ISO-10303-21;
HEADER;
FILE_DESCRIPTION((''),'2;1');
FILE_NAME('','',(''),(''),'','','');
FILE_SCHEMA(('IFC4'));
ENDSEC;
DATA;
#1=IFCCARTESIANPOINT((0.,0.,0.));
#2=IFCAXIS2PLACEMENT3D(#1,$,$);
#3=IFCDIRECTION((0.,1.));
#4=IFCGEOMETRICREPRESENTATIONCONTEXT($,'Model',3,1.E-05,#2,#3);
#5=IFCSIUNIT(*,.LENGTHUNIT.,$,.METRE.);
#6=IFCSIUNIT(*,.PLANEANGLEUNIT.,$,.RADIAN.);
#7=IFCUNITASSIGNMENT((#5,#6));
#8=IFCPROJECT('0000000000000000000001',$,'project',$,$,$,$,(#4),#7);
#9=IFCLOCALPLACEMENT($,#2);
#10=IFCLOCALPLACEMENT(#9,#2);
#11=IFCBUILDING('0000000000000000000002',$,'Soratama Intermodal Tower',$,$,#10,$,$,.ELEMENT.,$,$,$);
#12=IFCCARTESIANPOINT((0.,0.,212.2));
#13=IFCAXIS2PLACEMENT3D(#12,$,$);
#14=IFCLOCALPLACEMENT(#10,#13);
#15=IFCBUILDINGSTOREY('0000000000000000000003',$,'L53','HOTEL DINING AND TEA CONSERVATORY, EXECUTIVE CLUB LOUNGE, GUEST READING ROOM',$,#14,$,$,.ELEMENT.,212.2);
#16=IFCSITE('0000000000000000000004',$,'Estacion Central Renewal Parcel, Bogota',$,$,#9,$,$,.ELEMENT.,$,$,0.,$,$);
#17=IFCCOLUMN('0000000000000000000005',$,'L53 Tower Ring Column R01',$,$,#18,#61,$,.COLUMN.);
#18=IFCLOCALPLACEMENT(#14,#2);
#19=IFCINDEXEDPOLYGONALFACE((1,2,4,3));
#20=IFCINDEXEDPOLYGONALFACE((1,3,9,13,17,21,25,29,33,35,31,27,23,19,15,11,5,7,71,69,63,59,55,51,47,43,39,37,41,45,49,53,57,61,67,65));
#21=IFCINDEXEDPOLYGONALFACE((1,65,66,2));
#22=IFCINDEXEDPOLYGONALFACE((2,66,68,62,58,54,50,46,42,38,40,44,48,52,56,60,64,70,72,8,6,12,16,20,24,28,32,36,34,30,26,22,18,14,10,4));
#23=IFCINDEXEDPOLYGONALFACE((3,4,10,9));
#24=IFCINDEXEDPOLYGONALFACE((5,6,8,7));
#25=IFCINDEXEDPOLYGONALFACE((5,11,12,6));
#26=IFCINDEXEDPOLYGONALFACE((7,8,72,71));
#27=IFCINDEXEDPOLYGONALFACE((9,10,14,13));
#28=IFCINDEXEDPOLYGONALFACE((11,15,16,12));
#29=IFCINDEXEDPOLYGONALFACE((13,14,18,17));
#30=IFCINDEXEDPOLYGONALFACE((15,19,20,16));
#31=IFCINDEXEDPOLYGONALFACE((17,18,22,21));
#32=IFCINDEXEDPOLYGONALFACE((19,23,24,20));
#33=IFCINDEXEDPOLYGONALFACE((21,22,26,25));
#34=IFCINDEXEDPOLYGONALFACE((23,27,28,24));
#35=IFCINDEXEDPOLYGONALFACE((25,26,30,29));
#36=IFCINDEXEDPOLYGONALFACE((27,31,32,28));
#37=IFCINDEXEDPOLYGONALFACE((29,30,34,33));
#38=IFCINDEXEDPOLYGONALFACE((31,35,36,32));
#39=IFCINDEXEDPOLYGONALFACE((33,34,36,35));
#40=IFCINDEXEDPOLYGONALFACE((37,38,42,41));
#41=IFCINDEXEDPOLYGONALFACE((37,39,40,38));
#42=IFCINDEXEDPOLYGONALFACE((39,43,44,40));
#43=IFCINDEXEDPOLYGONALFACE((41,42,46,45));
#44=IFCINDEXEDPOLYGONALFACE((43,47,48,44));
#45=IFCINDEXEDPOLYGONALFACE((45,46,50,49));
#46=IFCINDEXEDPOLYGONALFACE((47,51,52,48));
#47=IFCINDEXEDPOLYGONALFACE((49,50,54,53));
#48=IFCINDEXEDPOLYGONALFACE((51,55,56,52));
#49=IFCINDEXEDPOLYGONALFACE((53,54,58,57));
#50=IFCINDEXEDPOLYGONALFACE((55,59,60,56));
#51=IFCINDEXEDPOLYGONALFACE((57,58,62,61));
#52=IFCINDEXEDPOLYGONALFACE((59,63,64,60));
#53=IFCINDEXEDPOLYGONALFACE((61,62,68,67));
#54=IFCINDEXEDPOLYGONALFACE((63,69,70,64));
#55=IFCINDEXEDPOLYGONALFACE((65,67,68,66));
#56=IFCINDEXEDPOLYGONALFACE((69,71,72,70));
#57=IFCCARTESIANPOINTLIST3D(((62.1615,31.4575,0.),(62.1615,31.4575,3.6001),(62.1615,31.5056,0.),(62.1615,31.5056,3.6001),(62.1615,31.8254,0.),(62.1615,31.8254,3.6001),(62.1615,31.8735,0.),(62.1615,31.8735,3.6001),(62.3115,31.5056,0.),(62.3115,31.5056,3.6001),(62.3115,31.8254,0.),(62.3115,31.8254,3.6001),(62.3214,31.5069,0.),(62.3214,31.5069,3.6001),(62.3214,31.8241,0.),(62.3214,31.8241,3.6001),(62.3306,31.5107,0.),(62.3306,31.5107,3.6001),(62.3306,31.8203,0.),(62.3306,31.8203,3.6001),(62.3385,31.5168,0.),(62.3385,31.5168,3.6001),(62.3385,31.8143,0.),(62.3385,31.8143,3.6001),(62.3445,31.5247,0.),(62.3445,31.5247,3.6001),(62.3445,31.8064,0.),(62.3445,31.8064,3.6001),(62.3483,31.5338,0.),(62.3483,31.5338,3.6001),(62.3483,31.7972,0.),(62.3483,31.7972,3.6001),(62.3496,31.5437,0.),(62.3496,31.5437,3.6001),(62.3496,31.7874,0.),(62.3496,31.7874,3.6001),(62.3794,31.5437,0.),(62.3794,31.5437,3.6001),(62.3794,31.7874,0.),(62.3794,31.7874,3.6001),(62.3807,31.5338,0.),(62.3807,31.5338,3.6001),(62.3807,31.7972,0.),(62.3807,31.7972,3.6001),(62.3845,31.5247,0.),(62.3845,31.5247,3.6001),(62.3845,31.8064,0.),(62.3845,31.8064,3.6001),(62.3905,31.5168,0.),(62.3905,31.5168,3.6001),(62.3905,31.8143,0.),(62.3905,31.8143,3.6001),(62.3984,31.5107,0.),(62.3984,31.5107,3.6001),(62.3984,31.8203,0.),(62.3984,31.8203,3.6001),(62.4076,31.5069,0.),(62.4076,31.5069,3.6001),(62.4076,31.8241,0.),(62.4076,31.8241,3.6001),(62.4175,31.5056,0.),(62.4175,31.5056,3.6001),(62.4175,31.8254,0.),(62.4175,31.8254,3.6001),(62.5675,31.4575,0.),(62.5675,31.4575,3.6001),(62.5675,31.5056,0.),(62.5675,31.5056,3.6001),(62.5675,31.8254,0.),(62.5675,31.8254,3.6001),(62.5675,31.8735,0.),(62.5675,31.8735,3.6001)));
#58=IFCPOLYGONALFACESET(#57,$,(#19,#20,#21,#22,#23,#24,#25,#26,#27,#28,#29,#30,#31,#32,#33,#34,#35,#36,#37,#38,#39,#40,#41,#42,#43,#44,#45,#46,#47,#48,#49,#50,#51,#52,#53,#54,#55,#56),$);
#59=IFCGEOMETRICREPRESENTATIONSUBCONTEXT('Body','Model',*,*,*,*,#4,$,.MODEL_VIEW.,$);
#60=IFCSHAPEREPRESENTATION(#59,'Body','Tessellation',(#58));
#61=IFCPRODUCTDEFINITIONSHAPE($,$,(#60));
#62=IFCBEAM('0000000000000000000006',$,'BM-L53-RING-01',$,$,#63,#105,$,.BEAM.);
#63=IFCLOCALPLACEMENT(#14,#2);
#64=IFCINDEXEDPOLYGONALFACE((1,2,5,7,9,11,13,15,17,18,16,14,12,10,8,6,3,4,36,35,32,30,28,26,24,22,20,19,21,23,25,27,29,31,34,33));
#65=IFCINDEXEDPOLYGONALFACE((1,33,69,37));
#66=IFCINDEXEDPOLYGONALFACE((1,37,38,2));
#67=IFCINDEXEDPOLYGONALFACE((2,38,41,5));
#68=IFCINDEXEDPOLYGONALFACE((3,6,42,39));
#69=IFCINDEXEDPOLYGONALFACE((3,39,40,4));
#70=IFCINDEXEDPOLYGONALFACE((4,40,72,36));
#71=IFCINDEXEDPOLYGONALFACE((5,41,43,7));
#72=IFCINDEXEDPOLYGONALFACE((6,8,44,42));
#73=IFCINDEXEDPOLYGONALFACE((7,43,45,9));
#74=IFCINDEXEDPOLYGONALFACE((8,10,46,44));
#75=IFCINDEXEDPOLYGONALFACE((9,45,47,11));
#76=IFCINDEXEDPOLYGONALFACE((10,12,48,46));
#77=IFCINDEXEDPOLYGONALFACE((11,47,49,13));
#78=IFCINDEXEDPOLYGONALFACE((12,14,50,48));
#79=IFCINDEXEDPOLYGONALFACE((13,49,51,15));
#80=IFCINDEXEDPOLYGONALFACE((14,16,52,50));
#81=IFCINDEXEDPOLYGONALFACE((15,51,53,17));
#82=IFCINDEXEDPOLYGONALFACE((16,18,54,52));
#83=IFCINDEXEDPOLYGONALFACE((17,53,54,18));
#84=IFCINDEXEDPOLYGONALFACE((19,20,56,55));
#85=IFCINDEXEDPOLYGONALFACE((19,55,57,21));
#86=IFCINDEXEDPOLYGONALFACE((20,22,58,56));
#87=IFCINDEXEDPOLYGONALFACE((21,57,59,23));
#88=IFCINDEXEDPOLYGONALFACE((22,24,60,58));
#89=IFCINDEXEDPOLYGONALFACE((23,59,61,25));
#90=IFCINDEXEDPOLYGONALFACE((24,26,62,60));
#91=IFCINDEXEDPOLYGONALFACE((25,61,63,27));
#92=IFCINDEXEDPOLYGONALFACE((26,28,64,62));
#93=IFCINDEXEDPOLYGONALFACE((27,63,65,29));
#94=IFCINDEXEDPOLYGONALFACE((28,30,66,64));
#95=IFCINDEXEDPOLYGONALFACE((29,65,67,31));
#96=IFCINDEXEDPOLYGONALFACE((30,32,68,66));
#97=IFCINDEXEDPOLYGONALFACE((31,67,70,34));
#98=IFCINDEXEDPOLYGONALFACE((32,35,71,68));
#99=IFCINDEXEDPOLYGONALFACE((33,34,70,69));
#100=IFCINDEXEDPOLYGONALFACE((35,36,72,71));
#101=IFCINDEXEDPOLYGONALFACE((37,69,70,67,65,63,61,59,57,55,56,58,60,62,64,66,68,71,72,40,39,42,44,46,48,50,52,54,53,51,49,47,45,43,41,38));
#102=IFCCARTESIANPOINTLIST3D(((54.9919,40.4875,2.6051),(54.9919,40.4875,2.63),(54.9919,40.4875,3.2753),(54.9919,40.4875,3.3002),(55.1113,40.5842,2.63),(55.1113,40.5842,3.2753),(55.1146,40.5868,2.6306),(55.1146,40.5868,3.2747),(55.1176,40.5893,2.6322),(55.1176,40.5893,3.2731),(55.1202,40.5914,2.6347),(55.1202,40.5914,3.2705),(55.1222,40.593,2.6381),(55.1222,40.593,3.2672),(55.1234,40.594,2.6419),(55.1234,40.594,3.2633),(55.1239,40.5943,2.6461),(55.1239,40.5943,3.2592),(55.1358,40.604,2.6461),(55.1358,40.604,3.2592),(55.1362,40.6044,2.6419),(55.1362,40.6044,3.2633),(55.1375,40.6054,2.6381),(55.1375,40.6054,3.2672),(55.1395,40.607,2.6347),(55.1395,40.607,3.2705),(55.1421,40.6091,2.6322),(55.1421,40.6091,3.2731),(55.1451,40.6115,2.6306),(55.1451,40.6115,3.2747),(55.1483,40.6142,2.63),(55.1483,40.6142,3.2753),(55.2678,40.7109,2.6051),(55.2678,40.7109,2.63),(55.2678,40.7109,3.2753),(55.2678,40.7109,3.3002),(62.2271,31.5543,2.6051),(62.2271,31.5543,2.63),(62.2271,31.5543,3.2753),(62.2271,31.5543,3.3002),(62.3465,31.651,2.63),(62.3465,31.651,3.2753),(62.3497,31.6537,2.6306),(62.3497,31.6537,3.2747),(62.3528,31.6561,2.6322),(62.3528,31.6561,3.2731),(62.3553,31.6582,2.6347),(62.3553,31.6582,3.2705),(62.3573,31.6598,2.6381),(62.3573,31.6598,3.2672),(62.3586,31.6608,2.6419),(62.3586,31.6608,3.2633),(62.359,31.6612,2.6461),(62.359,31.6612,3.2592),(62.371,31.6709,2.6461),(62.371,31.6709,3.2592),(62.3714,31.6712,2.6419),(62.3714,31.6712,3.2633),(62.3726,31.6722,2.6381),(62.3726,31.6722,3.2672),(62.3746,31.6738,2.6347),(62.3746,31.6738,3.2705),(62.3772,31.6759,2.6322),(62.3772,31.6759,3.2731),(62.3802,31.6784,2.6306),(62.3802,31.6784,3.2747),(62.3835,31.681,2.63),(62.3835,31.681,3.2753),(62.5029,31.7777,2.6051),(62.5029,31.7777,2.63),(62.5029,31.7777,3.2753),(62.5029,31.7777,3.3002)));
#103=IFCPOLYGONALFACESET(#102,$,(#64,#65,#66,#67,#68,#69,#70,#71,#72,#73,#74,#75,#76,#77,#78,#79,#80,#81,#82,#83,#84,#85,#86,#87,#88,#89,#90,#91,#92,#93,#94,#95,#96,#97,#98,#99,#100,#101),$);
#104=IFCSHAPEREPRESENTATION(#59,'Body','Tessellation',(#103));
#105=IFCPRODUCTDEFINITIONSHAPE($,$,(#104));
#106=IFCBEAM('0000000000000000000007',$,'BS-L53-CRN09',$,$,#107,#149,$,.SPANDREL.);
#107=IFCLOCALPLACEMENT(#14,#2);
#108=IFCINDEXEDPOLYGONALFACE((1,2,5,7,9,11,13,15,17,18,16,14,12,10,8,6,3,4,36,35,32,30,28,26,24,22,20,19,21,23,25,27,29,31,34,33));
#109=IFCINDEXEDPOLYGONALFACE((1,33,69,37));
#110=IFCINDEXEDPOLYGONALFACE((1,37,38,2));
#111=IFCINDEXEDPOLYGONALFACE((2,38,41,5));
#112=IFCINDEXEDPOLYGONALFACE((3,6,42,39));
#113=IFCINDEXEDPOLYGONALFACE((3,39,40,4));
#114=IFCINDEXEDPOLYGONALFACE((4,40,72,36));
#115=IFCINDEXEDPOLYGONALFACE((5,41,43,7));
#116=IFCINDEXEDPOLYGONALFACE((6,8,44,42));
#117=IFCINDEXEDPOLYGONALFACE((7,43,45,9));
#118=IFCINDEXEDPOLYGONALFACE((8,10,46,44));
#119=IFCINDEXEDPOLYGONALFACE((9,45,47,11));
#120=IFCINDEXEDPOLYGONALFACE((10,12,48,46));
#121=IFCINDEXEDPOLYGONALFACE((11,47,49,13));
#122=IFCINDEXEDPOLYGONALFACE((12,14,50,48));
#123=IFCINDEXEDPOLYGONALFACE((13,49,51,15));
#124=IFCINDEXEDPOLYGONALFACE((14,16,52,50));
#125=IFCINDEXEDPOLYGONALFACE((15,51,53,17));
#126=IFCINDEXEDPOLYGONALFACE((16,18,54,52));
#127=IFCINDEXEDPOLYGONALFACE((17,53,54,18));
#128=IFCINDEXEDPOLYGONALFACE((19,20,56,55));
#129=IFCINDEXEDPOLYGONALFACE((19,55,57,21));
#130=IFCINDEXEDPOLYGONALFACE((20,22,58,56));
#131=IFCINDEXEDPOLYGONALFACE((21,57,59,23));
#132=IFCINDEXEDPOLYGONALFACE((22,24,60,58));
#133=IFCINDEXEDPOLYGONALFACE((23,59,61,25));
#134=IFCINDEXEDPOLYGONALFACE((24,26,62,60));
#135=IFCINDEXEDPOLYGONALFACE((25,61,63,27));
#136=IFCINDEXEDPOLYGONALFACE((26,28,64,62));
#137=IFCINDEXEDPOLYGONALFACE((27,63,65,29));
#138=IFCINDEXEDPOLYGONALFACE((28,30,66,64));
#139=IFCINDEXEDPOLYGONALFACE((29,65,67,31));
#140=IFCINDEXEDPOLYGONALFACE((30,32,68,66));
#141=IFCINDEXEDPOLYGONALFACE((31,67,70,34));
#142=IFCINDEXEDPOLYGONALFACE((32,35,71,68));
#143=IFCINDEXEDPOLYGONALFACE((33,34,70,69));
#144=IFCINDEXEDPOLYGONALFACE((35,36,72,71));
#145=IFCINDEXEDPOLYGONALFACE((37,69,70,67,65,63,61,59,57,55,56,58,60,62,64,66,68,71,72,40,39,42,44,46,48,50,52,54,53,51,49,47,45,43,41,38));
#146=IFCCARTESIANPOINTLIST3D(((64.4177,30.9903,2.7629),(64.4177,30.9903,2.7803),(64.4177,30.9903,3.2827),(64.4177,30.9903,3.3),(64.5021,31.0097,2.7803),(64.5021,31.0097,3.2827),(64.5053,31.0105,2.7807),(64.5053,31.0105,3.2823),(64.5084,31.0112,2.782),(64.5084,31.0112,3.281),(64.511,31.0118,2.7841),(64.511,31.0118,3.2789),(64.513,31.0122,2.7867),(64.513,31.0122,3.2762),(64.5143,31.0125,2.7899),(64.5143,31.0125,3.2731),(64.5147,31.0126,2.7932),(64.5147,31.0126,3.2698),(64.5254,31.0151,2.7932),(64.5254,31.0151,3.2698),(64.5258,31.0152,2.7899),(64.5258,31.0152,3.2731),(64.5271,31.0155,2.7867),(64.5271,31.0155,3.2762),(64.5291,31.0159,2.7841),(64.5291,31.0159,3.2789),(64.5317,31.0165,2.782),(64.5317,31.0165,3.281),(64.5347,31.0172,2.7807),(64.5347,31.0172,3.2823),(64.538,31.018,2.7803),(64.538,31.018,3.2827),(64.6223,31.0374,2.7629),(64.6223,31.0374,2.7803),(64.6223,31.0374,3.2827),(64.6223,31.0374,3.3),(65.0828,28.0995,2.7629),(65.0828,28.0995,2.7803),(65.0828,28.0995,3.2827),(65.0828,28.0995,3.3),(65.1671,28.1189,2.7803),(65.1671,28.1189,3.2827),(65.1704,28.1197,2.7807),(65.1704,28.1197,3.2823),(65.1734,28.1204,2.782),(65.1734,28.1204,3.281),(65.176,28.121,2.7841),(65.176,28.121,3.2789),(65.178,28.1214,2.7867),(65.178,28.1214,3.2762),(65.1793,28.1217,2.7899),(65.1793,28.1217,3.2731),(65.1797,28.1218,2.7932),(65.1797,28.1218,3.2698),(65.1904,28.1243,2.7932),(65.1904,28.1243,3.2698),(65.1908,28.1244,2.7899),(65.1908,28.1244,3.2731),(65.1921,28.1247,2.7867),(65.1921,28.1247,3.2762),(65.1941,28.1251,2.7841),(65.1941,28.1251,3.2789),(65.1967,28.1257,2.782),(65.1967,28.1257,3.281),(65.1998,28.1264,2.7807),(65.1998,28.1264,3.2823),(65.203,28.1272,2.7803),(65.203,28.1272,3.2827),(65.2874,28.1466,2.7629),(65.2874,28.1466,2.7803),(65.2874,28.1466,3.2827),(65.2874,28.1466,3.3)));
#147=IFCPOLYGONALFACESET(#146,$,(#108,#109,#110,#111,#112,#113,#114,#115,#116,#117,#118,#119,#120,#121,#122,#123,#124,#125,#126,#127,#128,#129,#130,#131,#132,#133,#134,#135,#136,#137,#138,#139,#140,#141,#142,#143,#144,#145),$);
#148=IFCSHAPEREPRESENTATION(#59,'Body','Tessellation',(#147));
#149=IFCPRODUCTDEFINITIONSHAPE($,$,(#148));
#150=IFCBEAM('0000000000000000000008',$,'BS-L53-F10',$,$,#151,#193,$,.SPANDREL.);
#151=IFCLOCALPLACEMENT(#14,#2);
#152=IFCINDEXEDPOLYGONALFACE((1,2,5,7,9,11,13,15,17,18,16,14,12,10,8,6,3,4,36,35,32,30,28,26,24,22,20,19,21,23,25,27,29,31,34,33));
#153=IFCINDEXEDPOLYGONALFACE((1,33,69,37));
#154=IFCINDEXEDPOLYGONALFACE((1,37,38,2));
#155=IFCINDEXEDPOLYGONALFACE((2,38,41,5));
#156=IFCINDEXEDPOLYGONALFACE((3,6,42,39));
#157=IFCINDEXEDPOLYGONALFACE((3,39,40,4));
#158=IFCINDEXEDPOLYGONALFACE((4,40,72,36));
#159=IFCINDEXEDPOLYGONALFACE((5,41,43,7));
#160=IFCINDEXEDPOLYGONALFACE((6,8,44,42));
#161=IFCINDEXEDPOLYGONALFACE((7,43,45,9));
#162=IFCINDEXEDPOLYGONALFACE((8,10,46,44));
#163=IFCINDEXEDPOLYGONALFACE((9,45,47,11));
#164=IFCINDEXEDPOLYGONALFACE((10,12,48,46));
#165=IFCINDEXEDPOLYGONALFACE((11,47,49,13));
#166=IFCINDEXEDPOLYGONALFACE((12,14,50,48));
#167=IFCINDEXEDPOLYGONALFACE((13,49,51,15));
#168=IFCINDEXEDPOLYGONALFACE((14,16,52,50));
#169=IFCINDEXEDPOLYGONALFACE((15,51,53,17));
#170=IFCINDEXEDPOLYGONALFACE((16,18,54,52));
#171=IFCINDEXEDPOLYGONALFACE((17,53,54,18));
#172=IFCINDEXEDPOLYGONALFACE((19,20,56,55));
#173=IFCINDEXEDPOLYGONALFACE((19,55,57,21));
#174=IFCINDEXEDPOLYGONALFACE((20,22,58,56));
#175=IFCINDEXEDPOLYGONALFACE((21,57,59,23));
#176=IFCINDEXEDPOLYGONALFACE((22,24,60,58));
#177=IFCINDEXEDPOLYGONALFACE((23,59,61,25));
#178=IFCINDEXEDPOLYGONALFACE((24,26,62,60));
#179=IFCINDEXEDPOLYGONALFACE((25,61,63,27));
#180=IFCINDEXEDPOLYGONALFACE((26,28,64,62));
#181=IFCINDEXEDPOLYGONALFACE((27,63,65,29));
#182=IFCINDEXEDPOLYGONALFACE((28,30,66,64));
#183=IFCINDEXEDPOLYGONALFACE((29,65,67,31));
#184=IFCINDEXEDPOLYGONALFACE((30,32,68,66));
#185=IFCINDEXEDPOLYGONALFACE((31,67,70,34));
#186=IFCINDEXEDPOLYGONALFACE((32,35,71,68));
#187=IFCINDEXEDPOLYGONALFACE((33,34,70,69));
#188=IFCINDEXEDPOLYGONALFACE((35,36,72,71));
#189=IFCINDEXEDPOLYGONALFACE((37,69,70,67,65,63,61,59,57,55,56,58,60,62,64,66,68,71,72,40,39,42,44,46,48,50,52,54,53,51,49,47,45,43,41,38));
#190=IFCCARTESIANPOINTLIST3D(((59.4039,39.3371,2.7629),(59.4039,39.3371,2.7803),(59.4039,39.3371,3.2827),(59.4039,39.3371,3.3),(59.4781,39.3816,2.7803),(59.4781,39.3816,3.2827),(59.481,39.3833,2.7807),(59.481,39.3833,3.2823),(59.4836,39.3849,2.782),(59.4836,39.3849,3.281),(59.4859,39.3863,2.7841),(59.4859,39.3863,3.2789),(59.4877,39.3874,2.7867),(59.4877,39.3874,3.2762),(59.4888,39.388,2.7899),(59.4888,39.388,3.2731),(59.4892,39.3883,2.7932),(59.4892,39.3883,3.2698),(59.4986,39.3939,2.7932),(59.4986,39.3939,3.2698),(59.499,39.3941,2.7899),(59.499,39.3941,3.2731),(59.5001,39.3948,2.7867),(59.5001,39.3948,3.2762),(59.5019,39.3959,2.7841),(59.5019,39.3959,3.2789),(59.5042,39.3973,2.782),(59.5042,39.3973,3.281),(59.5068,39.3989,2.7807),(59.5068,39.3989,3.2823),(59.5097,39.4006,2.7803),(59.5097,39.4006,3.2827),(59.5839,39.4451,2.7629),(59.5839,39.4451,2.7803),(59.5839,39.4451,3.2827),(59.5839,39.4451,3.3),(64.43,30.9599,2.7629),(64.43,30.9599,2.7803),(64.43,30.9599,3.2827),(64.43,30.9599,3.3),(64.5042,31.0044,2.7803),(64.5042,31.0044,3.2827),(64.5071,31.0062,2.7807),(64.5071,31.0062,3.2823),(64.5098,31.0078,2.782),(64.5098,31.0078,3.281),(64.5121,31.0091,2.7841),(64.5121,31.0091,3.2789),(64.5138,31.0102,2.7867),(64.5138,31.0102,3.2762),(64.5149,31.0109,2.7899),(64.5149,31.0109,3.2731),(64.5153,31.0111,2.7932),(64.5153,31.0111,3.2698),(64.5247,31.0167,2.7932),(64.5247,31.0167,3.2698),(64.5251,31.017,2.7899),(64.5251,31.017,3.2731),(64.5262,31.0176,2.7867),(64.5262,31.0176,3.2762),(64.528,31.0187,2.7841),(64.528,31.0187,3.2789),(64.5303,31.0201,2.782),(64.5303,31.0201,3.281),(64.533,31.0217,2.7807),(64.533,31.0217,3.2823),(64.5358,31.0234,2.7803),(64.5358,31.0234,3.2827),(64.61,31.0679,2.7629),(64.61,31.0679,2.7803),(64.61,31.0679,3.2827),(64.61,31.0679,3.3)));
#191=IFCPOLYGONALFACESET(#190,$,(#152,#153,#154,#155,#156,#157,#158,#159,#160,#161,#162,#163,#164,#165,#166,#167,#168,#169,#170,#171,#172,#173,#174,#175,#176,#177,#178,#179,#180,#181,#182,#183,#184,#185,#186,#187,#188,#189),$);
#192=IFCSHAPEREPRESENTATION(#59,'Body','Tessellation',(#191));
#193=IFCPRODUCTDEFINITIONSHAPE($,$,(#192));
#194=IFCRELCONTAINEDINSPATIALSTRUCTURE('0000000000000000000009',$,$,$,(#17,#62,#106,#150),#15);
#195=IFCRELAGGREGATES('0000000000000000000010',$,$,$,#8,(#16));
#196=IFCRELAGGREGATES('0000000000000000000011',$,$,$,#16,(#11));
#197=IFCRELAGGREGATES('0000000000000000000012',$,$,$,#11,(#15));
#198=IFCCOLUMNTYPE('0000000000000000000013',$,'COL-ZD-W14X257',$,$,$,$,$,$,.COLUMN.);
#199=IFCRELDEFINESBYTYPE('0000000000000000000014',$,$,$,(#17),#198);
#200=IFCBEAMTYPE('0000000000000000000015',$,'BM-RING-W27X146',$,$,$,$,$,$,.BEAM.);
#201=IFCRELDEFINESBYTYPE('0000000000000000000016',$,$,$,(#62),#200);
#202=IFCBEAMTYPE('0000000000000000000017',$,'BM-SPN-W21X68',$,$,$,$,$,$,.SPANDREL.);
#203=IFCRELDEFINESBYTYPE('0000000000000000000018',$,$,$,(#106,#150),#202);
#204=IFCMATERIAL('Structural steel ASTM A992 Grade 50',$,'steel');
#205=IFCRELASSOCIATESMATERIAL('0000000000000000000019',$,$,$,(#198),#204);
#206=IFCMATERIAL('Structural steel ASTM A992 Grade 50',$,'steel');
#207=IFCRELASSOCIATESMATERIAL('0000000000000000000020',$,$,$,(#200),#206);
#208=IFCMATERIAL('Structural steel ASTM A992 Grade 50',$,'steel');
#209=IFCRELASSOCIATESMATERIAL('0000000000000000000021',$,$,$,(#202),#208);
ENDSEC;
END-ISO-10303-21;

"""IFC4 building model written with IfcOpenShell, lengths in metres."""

from ifc_helpers import new_model, si_unit, direction, frame, origin, origin_2d, place, context, subcontext, project, spatial, i_section, extrude, material, material_profile, profile_set, type_object, element, save


model = new_model("IFC4")

# Units and contexts
model_context = context("Model", 3, precision=1e-05, world=origin(), true_north=direction((0.0, 1.0)))
body_context = subcontext(model_context, "Body", "Model", "MODEL_VIEW")
ifc_project = project(units=[si_unit("LENGTHUNIT", "METRE"), si_unit("PLANEANGLEUNIT", "RADIAN")], contexts=[model_context])

# Site, building, storey
site_placement = place(None, origin())
site = spatial("IfcSite", under=ifc_project, at=site_placement, Name="Estacion Central Renewal Parcel, Bogota", CompositionType="ELEMENT", RefElevation=0.0)
building_placement = place(site_placement, origin())
building = spatial("IfcBuilding", under=site, at=building_placement, Name="Soratama Intermodal Tower", CompositionType="ELEMENT")
storey_placement = place(building_placement, frame((0.0, 0.0, 212.2)))
storey = spatial("IfcBuildingStorey", under=building, at=storey_placement, Name="L53", Description="HOTEL DINING AND TEA CONSERVATORY, EXECUTIVE CLUB LOUNGE, GUEST READING ROOM", CompositionType="ELEMENT", Elevation=212.2)

# Column
ifc_material_1 = material(Name="Structural steel ASTM A992 Grade 50", Category="steel")
ifc_material_profile_1 = material_profile(ifc_material_1, i_section(OverallWidth=0.406, OverallDepth=0.416, WebThickness=0.0298, FlangeThickness=0.0481, FilletRadius=0.0381, at=origin_2d()), Name="W14X257")
ifc_profile_set_1 = profile_set([ifc_material_profile_1], Name="Structural steel ASTM A992 Grade 50")
column_type = type_object("IfcColumnType", Name="COL-ZD-W14X257", PredefinedType="COLUMN", material=ifc_profile_set_1)
column_placement = place(storey_placement, frame((62.3645, 31.6655, 0.0), z_axis=(0.0, 0.0, 1.0), x_axis=(1.0, 0.0, 0.0)))
element("IfcColumn", 1, at=column_placement, inside=storey, type_object=column_type, Name="L53 Tower Ring Column R01", PredefinedType="COLUMN", context=body_context, shape_type="SweptSolid", body=[
    extrude(i_section(OverallWidth=0.406, OverallDepth=0.416, WebThickness=0.0298, FlangeThickness=0.0481, FilletRadius=0.0381, at=origin_2d()), origin(), (0.0, 0.0, 1.0), 3.6001),
])

# Beams
ifc_material_2 = material(Name="Structural steel ASTM A992 Grade 50", Category="steel")
ifc_material_profile_2 = material_profile(ifc_material_2, i_section(OverallWidth=0.355, OverallDepth=0.6951, WebThickness=0.0154, FlangeThickness=0.0249, FilletRadius=0.0161, at=origin_2d()), Name="W27X146")
ifc_profile_set_2 = profile_set([ifc_material_profile_2], Name="Structural steel ASTM A992 Grade 50")
beam_type_1 = type_object("IfcBeamType", Name="BM-RING-W27X146", PredefinedType="BEAM", material=ifc_profile_set_2)
beam_1_placement = place(storey_placement, frame((62.365, 31.666, 2.9526), z_axis=(-0.629385, 0.777094, 0.0), x_axis=(-0.777094, -0.629385, 0.0)))
element("IfcBeam", 2, at=beam_1_placement, inside=storey, type_object=beam_type_1, Name="BM-L53-RING-01", PredefinedType="BEAM", context=body_context, shape_type="SweptSolid", body=[
    extrude(i_section(OverallWidth=0.355, OverallDepth=0.6951, WebThickness=0.0154, FlangeThickness=0.0249, FilletRadius=0.0161, at=origin_2d()), origin(), (0.0, 0.0, 1.0), 11.4956),
])
ifc_material_3 = material(Name="Structural steel ASTM A992 Grade 50", Category="steel")
ifc_material_profile_3 = material_profile(ifc_material_3, i_section(OverallWidth=0.21, OverallDepth=0.5371, WebThickness=0.011, FlangeThickness=0.0173, FilletRadius=0.0129, at=origin_2d()), Name="W21X68")
ifc_profile_set_3 = profile_set([ifc_material_profile_3], Name="Structural steel ASTM A992 Grade 50")
beam_type_2 = type_object("IfcBeamType", Name="BM-SPN-W21X68", PredefinedType="SPANDREL", material=ifc_profile_set_3)
beam_2_placement = place(storey_placement, frame((65.1851, 28.123, 3.0315), z_axis=(-0.224192, 0.974545, 0.0), x_axis=(-0.974545, -0.224192, 0.0)))
element("IfcBeam", 3, at=beam_2_placement, inside=storey, type_object=beam_type_2, Name="BS-L53-CRN09", PredefinedType="SPANDREL", context=body_context, shape_type="SweptSolid", body=[
    extrude(i_section(OverallWidth=0.21, OverallDepth=0.5371, WebThickness=0.011, FlangeThickness=0.0173, FilletRadius=0.0129, at=origin_2d()), origin(), (0.0, 0.0, 1.0), 2.9663),
])
beam_3_placement = place(storey_placement, frame((64.52, 31.0139, 3.0315), z_axis=(-0.514481, 0.857502, 0.0), x_axis=(-0.857502, -0.514481, 0.0)))
element("IfcBeam", 4, at=beam_3_placement, inside=storey, type_object=beam_type_2, Name="BS-L53-F10", PredefinedType="SPANDREL", context=body_context, shape_type="SweptSolid", body=[
    extrude(i_section(OverallWidth=0.21, OverallDepth=0.5371, WebThickness=0.011, FlangeThickness=0.0173, FilletRadius=0.0129, at=origin_2d()), origin(), (0.0, 0.0, 1.0), 9.7693),
])

save(model, "model.ifc")
